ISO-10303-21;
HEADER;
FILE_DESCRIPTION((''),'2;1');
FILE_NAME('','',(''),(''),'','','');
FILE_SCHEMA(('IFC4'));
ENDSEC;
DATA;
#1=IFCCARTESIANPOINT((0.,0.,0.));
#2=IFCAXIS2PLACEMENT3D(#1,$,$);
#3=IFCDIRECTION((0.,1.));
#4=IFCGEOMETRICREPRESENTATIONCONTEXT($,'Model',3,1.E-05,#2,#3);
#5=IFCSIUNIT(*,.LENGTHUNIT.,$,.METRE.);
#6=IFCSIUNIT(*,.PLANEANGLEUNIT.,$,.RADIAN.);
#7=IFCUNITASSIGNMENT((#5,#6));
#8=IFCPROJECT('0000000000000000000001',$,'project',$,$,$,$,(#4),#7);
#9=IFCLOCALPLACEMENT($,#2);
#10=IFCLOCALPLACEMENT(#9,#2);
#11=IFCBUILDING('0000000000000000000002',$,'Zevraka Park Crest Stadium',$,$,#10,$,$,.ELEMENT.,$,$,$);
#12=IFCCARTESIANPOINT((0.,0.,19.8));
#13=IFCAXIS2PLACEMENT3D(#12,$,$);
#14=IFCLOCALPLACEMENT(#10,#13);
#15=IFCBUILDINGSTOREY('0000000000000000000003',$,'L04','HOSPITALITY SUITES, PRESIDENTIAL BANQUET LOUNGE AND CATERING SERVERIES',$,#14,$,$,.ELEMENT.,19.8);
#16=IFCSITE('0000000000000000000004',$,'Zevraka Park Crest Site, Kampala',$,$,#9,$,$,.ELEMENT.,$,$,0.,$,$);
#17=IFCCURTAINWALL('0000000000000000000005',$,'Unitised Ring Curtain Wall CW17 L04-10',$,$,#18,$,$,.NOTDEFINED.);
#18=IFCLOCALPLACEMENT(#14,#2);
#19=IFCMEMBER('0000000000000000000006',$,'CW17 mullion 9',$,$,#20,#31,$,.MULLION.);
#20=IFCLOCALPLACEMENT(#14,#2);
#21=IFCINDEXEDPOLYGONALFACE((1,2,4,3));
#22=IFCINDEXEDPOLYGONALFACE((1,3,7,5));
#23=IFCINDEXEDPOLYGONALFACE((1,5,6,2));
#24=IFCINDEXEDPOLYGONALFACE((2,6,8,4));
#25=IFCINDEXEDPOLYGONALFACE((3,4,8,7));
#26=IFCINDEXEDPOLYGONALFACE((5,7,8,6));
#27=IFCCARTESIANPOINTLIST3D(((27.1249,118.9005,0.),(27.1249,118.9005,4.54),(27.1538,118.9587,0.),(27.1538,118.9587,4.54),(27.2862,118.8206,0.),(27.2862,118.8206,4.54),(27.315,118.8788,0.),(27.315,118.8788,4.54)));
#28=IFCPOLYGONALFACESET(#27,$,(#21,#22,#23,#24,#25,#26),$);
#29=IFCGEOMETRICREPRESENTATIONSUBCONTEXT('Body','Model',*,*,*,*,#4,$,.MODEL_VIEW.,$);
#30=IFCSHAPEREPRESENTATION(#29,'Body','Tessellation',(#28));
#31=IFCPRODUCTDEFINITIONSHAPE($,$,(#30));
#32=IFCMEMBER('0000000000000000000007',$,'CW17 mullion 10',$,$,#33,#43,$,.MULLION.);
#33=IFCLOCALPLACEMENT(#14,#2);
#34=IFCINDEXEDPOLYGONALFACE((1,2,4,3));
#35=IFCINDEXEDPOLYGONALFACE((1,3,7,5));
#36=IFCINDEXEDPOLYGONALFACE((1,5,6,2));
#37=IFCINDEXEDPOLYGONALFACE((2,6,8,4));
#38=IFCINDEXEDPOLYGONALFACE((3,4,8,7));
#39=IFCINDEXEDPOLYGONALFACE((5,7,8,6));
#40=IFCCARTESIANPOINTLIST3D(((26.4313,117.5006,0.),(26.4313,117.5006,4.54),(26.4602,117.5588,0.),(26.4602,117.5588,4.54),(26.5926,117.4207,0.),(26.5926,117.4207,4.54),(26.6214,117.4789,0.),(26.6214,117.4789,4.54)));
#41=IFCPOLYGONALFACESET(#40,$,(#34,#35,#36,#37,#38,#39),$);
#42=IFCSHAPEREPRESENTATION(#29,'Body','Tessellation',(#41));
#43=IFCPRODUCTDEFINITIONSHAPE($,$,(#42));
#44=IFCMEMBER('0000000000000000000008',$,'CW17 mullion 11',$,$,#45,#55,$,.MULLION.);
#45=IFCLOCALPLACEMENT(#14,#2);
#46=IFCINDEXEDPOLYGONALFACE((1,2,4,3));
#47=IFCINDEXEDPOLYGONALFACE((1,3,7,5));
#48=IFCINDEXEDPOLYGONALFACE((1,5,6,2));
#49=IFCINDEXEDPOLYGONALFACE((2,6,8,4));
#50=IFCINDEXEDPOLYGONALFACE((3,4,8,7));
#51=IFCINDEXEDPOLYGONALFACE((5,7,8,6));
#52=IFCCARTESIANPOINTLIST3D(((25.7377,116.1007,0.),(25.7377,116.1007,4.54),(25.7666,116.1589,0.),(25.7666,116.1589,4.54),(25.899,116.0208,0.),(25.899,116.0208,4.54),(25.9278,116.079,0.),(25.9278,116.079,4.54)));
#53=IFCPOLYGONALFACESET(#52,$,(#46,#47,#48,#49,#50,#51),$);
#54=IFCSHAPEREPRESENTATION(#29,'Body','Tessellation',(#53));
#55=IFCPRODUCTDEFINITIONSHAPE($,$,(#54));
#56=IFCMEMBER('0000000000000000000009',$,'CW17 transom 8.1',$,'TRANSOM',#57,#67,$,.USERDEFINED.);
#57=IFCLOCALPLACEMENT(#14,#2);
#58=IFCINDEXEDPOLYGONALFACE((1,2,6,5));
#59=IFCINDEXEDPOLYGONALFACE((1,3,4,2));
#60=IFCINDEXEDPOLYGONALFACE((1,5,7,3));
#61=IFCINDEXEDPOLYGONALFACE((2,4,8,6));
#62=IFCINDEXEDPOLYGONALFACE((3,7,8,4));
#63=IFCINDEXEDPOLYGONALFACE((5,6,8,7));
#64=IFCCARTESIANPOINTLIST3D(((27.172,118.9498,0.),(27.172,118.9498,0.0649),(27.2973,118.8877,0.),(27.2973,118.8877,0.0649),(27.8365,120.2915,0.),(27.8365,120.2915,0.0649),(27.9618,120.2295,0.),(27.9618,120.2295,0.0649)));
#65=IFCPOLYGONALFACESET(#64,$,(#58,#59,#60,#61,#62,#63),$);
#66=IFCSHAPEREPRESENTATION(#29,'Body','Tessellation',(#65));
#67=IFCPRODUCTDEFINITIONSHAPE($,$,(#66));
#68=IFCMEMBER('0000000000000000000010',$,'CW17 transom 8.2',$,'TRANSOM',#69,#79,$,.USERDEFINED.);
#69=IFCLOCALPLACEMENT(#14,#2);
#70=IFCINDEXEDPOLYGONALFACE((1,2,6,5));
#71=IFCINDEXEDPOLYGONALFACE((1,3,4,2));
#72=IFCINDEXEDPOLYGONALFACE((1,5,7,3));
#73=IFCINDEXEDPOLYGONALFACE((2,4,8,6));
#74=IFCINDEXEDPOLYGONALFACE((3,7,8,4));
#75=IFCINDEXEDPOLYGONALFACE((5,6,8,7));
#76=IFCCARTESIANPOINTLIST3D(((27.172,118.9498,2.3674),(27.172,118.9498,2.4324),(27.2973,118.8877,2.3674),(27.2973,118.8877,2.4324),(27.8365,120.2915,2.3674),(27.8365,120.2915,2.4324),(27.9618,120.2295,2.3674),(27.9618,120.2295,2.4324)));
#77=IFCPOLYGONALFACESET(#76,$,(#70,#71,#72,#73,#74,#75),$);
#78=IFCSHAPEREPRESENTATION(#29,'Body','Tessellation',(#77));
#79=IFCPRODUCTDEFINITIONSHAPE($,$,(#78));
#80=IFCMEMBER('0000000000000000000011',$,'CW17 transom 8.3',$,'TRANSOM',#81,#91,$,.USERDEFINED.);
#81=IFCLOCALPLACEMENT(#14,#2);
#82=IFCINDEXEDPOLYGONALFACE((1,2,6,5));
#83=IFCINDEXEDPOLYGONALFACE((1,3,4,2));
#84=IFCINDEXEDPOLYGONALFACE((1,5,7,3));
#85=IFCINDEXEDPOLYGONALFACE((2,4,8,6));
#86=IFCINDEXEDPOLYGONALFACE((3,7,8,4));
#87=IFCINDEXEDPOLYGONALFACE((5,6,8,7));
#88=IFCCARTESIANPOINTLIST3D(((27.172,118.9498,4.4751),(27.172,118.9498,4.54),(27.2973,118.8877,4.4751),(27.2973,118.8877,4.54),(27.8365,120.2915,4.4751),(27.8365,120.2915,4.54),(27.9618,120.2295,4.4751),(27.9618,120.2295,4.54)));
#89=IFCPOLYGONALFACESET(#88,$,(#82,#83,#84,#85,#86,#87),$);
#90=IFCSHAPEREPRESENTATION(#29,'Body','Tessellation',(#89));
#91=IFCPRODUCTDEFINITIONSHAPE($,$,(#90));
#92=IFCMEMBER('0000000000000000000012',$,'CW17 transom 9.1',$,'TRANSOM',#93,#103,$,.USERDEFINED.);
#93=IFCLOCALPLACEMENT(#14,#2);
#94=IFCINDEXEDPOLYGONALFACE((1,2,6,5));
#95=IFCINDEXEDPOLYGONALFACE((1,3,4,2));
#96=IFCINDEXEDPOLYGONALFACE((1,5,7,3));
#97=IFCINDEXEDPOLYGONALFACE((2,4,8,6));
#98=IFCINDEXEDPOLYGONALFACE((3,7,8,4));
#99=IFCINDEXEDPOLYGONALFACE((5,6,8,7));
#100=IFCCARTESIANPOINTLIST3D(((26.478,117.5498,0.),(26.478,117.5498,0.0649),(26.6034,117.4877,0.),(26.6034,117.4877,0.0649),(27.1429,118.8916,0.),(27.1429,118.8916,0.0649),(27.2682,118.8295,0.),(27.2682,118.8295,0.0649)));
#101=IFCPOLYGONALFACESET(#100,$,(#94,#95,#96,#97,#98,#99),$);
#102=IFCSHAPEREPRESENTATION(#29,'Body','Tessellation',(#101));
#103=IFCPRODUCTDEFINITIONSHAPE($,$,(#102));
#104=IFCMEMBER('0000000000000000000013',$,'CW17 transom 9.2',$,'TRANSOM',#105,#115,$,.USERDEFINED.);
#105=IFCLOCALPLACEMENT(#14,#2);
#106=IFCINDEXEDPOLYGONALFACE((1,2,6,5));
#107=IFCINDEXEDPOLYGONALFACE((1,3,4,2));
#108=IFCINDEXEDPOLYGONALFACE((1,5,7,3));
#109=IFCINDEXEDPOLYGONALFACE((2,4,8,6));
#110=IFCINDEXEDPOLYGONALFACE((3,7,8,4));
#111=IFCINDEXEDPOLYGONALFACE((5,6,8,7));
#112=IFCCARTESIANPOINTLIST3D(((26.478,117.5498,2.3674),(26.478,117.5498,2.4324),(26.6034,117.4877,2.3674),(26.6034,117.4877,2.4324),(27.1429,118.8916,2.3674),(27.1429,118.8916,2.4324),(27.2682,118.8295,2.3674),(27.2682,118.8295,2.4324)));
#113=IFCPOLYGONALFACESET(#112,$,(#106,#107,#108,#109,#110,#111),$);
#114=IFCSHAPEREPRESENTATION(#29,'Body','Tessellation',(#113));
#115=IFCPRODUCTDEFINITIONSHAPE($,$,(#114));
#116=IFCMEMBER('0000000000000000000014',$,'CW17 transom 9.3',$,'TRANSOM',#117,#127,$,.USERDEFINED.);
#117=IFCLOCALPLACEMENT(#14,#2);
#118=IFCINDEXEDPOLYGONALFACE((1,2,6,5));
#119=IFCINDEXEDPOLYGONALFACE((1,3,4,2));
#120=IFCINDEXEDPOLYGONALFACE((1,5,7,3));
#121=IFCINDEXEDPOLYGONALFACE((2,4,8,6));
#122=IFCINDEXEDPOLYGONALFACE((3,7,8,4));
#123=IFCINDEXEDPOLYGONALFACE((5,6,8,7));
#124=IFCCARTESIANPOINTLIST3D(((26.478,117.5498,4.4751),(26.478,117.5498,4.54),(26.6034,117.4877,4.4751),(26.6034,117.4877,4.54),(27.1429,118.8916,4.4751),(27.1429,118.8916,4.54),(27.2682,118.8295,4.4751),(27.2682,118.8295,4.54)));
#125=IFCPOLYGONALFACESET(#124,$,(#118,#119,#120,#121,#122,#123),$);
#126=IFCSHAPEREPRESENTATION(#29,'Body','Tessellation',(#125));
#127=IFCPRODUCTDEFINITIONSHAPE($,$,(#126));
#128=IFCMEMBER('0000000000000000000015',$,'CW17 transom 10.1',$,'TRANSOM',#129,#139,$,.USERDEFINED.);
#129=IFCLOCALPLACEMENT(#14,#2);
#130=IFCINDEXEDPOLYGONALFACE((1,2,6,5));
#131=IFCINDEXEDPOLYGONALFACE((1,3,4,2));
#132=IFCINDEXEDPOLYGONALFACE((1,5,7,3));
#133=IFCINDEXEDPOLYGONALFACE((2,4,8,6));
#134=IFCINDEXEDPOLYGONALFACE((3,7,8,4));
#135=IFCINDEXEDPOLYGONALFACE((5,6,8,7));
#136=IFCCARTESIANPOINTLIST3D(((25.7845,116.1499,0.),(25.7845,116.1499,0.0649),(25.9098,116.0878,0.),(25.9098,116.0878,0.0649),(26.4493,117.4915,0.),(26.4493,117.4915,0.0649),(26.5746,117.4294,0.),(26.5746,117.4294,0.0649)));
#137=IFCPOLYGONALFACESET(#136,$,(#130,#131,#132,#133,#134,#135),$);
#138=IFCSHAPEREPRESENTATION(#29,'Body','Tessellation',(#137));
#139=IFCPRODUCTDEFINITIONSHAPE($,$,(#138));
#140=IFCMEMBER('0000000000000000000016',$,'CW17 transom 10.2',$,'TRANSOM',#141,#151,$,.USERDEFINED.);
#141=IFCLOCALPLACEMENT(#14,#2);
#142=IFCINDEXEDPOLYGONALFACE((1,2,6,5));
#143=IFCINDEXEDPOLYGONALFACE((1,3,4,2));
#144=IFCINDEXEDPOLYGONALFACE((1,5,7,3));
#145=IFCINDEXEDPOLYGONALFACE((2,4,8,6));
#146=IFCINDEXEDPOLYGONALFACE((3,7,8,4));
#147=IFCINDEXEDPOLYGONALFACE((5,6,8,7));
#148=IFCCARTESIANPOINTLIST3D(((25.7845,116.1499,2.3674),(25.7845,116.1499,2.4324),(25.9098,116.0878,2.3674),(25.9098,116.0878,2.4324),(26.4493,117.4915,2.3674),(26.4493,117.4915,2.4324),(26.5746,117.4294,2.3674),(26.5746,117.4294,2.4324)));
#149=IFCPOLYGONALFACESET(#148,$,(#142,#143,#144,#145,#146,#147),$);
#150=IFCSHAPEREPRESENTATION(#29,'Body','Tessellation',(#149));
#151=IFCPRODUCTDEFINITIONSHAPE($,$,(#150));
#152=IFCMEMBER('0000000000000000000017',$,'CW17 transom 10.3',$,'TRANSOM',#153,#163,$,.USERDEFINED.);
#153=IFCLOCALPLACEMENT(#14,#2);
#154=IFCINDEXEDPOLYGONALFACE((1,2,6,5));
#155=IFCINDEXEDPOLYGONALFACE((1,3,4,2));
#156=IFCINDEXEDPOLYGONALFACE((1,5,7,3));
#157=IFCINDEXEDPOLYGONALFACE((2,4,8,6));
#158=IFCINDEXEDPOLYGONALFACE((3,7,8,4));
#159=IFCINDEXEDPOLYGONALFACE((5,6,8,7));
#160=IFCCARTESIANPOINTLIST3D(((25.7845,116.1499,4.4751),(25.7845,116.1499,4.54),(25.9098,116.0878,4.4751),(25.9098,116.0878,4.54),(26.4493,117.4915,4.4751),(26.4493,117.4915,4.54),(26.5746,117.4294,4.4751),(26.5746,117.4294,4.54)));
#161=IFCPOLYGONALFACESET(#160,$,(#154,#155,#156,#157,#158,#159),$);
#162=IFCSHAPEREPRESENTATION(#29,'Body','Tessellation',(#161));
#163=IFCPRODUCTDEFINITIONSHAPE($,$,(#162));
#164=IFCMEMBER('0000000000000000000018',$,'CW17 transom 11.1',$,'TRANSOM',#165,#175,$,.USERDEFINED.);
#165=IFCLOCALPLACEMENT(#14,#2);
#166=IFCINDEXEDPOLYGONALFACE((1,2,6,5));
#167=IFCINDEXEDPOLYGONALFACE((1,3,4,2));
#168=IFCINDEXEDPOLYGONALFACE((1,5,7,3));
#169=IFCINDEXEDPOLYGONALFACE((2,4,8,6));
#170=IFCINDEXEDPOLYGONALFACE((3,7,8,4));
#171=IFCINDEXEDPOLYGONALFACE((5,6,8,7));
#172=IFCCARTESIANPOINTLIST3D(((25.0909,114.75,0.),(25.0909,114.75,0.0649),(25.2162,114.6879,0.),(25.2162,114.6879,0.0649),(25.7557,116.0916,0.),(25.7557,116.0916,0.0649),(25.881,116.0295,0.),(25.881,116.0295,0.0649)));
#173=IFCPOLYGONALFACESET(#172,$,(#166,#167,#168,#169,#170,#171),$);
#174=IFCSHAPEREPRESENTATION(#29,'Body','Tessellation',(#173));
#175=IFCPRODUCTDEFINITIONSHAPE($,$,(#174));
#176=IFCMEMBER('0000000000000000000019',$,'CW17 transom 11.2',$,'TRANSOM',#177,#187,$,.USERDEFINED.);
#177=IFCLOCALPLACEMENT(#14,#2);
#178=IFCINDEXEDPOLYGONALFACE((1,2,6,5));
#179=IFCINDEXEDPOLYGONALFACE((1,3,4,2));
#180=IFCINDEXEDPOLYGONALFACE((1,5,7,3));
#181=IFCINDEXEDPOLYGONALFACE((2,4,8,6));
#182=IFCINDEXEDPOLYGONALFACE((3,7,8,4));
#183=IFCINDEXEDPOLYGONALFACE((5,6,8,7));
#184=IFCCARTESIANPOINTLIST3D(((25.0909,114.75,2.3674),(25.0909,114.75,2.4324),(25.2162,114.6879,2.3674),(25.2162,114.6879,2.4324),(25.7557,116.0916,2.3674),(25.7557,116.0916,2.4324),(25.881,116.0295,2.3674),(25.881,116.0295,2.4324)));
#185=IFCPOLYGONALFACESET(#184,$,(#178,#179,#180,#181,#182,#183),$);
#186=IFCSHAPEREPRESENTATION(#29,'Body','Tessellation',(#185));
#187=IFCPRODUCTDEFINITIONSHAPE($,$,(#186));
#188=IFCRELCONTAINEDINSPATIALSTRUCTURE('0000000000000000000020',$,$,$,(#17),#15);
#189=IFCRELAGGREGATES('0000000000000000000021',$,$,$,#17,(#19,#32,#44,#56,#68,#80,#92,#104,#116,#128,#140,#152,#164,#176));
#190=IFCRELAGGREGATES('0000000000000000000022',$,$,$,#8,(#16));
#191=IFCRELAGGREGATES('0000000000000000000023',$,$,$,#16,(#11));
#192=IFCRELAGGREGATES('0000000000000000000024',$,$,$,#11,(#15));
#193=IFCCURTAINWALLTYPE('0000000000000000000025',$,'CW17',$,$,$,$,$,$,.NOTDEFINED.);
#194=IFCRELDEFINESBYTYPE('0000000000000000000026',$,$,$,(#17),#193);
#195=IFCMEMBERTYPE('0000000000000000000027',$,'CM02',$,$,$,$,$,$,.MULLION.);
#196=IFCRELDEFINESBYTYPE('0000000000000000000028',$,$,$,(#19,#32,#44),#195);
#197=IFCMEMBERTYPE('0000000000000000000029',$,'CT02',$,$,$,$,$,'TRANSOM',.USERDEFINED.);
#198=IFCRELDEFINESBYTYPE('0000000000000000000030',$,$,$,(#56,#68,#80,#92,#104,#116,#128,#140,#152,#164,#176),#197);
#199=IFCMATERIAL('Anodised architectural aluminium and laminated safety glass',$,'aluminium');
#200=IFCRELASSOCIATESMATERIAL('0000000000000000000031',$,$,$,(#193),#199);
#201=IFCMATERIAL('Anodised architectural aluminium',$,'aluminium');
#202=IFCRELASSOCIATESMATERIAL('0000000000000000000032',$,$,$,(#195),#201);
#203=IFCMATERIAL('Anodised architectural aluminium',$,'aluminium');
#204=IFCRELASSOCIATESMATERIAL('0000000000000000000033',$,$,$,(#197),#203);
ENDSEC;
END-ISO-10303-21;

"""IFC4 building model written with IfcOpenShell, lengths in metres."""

from ifc_helpers import new_model, si_unit, direction, frame, origin, origin_2d, place, context, subcontext, project, spatial, rectangle, extrude, material, material_profile, profile_set, type_object, element, aggregate, save


model = new_model("IFC4")

# Units and contexts
model_context = context("Model", 3, precision=1e-05, world=origin(), true_north=direction((0.0, 1.0)))
body_context = subcontext(model_context, "Body", "Model", "MODEL_VIEW")
ifc_project = project(units=[si_unit("LENGTHUNIT", "METRE"), si_unit("PLANEANGLEUNIT", "RADIAN")], contexts=[model_context])

# Site, building, storey
site_placement = place(None, origin())
site = spatial("IfcSite", under=ifc_project, at=site_placement, Name="Zevraka Park Crest Site, Kampala", CompositionType="ELEMENT", RefElevation=0.0)
building_placement = place(site_placement, origin())
building = spatial("IfcBuilding", under=site, at=building_placement, Name="Zevraka Park Crest Stadium", CompositionType="ELEMENT")
storey_placement = place(building_placement, frame((0.0, 0.0, 19.8)))
storey = spatial("IfcBuildingStorey", under=building, at=storey_placement, Name="L04", Description="HOSPITALITY SUITES, PRESIDENTIAL BANQUET LOUNGE AND CATERING SERVERIES", CompositionType="ELEMENT", Elevation=19.8)

# Curtain wall, members
ifc_material_1 = material(Name="Anodised architectural aluminium and laminated safety glass", Category="aluminium")
curtain_wall_type = type_object("IfcCurtainWallType", Name="CW17", PredefinedType="NOTDEFINED", material=ifc_material_1)
curtain_wall_placement = place(storey_placement, origin())
curtain_wall = element("IfcCurtainWall", 1, at=curtain_wall_placement, inside=storey, type_object=curtain_wall_type, Name="Unitised Ring Curtain Wall CW17 L04-10", PredefinedType="NOTDEFINED")
ifc_material_2 = material(Name="Anodised architectural aluminium", Category="aluminium")
ifc_material_profile_1 = material_profile(ifc_material_2, rectangle(XDim=0.1799, YDim=0.0649, at=origin_2d()), Name="ALU MULLION 180x65")
ifc_profile_set_1 = profile_set([ifc_material_profile_1], Name="Anodised architectural aluminium")
member_type_1 = type_object("IfcMemberType", Name="CM02", PredefinedType="MULLION", material=ifc_profile_set_1)
member_1_placement = place(storey_placement, frame((27.22, 118.8896, 0.0), z_axis=(0.0, 0.0, 1.0), x_axis=(0.896046, -0.443961, 0.0)))
member_1 = element("IfcMember", 2, at=member_1_placement, type_object=member_type_1, Name="CW17 mullion 9", PredefinedType="MULLION", context=body_context, shape_type="SweptSolid", body=[
    extrude(rectangle(XDim=0.1799, YDim=0.0649, at=origin_2d()), origin(), (0.0, 0.0, 1.0), 4.54),
])
member_2_placement = place(storey_placement, frame((26.5264, 117.4897, 0.0), z_axis=(0.0, 0.0, 1.0), x_axis=(0.896046, -0.443961, 0.0)))
member_2 = element("IfcMember", 3, at=member_2_placement, type_object=member_type_1, Name="CW17 mullion 10", PredefinedType="MULLION", context=body_context, shape_type="SweptSolid", body=[
    extrude(rectangle(XDim=0.1799, YDim=0.0649, at=origin_2d()), origin(), (0.0, 0.0, 1.0), 4.54),
])
member_3_placement = place(storey_placement, frame((25.8328, 116.0898, 0.0), z_axis=(0.0, 0.0, 1.0), x_axis=(0.896046, -0.443961, 0.0)))
member_3 = element("IfcMember", 4, at=member_3_placement, type_object=member_type_1, Name="CW17 mullion 11", PredefinedType="MULLION", context=body_context, shape_type="SweptSolid", body=[
    extrude(rectangle(XDim=0.1799, YDim=0.0649, at=origin_2d()), origin(), (0.0, 0.0, 1.0), 4.54),
])
ifc_material_3 = material(Name="Anodised architectural aluminium", Category="aluminium")
ifc_material_profile_2 = material_profile(ifc_material_3, rectangle(XDim=0.1399, YDim=0.0649, at=origin_2d()), Name="ALU TRANSOM 140x65")
ifc_profile_set_2 = profile_set([ifc_material_profile_2], Name="Anodised architectural aluminium")
member_type_2 = type_object("IfcMemberType", Name="CT02", ElementType="TRANSOM", PredefinedType="USERDEFINED", material=ifc_profile_set_2)
member_4_placement = place(storey_placement, frame((27.8992, 120.2605, 0.0325), z_axis=(-0.443819, -0.896116, 0.0), x_axis=(0.896116, -0.443819, 0.0)))
member_4 = element("IfcMember", 5, at=member_4_placement, type_object=member_type_2, Name="CW17 transom 8.1", ObjectType="TRANSOM", PredefinedType="USERDEFINED", context=body_context, shape_type="SweptSolid", body=[
    extrude(rectangle(XDim=0.1399, YDim=0.0649, at=origin_2d()), origin(), (0.0, 0.0, 1.0), 1.4973),
])
member_5_placement = place(storey_placement, frame((27.8992, 120.2605, 2.3999), z_axis=(-0.443819, -0.896116, 0.0), x_axis=(0.896116, -0.443819, 0.0)))
member_5 = element("IfcMember", 6, at=member_5_placement, type_object=member_type_2, Name="CW17 transom 8.2", ObjectType="TRANSOM", PredefinedType="USERDEFINED", context=body_context, shape_type="SweptSolid", body=[
    extrude(rectangle(XDim=0.1399, YDim=0.0649, at=origin_2d()), origin(), (0.0, 0.0, 1.0), 1.4973),
])
member_6_placement = place(storey_placement, frame((27.8992, 120.2605, 4.5076), z_axis=(-0.443819, -0.896116, 0.0), x_axis=(0.896116, -0.443819, 0.0)))
member_6 = element("IfcMember", 7, at=member_6_placement, type_object=member_type_2, Name="CW17 transom 8.3", ObjectType="TRANSOM", PredefinedType="USERDEFINED", context=body_context, shape_type="SweptSolid", body=[
    extrude(rectangle(XDim=0.1399, YDim=0.0649, at=origin_2d()), origin(), (0.0, 0.0, 1.0), 1.4973),
])
member_7_placement = place(storey_placement, frame((27.2056, 118.8606, 0.0325), z_axis=(-0.44395, -0.896052, 0.0), x_axis=(0.896052, -0.44395, 0.0)))
member_7 = element("IfcMember", 8, at=member_7_placement, type_object=member_type_2, Name="CW17 transom 9.1", ObjectType="TRANSOM", PredefinedType="USERDEFINED", context=body_context, shape_type="SweptSolid", body=[
    extrude(rectangle(XDim=0.1399, YDim=0.0649, at=origin_2d()), origin(), (0.0, 0.0, 1.0), 1.4976),
])
member_8_placement = place(storey_placement, frame((27.2056, 118.8606, 2.3999), z_axis=(-0.44395, -0.896052, 0.0), x_axis=(0.896052, -0.44395, 0.0)))
member_8 = element("IfcMember", 9, at=member_8_placement, type_object=member_type_2, Name="CW17 transom 9.2", ObjectType="TRANSOM", PredefinedType="USERDEFINED", context=body_context, shape_type="SweptSolid", body=[
    extrude(rectangle(XDim=0.1399, YDim=0.0649, at=origin_2d()), origin(), (0.0, 0.0, 1.0), 1.4976),
])
member_9_placement = place(storey_placement, frame((27.2056, 118.8606, 4.5076), z_axis=(-0.44395, -0.896052, 0.0), x_axis=(0.896052, -0.44395, 0.0)))
member_9 = element("IfcMember", 10, at=member_9_placement, type_object=member_type_2, Name="CW17 transom 9.3", ObjectType="TRANSOM", PredefinedType="USERDEFINED", context=body_context, shape_type="SweptSolid", body=[
    extrude(rectangle(XDim=0.1399, YDim=0.0649, at=origin_2d()), origin(), (0.0, 0.0, 1.0), 1.4976),
])
member_10_placement = place(storey_placement, frame((26.512, 117.4604, 0.0325), z_axis=(-0.444015, -0.896019, 0.0), x_axis=(0.896019, -0.444015, 0.0)))
member_10 = element("IfcMember", 11, at=member_10_placement, type_object=member_type_2, Name="CW17 transom 10.1", ObjectType="TRANSOM", PredefinedType="USERDEFINED", context=body_context, shape_type="SweptSolid", body=[
    extrude(rectangle(XDim=0.1399, YDim=0.0649, at=origin_2d()), origin(), (0.0, 0.0, 1.0), 1.4973),
])
member_11_placement = place(storey_placement, frame((26.512, 117.4604, 2.3999), z_axis=(-0.444015, -0.896019, 0.0), x_axis=(0.896019, -0.444015, 0.0)))
member_11 = element("IfcMember", 12, at=member_11_placement, type_object=member_type_2, Name="CW17 transom 10.2", ObjectType="TRANSOM", PredefinedType="USERDEFINED", context=body_context, shape_type="SweptSolid", body=[
    extrude(rectangle(XDim=0.1399, YDim=0.0649, at=origin_2d()), origin(), (0.0, 0.0, 1.0), 1.4973),
])
member_12_placement = place(storey_placement, frame((26.512, 117.4604, 4.5076), z_axis=(-0.444015, -0.896019, 0.0), x_axis=(0.896019, -0.444015, 0.0)))
member_12 = element("IfcMember", 13, at=member_12_placement, type_object=member_type_2, Name="CW17 transom 10.3", ObjectType="TRANSOM", PredefinedType="USERDEFINED", context=body_context, shape_type="SweptSolid", body=[
    extrude(rectangle(XDim=0.1399, YDim=0.0649, at=origin_2d()), origin(), (0.0, 0.0, 1.0), 1.4973),
])
member_13_placement = place(storey_placement, frame((25.8184, 116.0605, 0.0325), z_axis=(-0.444015, -0.896019, 0.0), x_axis=(0.896019, -0.444015, 0.0)))
member_13 = element("IfcMember", 14, at=member_13_placement, type_object=member_type_2, Name="CW17 transom 11.1", ObjectType="TRANSOM", PredefinedType="USERDEFINED", context=body_context, shape_type="SweptSolid", body=[
    extrude(rectangle(XDim=0.1399, YDim=0.0649, at=origin_2d()), origin(), (0.0, 0.0, 1.0), 1.4973),
])
member_14_placement = place(storey_placement, frame((25.8184, 116.0605, 2.3999), z_axis=(-0.444015, -0.896019, 0.0), x_axis=(0.896019, -0.444015, 0.0)))
member_14 = element("IfcMember", 15, at=member_14_placement, type_object=member_type_2, Name="CW17 transom 11.2", ObjectType="TRANSOM", PredefinedType="USERDEFINED", context=body_context, shape_type="SweptSolid", body=[
    extrude(rectangle(XDim=0.1399, YDim=0.0649, at=origin_2d()), origin(), (0.0, 0.0, 1.0), 1.4973),
])
aggregate(curtain_wall, [member_1, member_2, member_3, member_4, member_5, member_6, member_7, member_8, member_9, member_10, member_11, member_12, member_13, member_14])

save(model, "model.ifc")
